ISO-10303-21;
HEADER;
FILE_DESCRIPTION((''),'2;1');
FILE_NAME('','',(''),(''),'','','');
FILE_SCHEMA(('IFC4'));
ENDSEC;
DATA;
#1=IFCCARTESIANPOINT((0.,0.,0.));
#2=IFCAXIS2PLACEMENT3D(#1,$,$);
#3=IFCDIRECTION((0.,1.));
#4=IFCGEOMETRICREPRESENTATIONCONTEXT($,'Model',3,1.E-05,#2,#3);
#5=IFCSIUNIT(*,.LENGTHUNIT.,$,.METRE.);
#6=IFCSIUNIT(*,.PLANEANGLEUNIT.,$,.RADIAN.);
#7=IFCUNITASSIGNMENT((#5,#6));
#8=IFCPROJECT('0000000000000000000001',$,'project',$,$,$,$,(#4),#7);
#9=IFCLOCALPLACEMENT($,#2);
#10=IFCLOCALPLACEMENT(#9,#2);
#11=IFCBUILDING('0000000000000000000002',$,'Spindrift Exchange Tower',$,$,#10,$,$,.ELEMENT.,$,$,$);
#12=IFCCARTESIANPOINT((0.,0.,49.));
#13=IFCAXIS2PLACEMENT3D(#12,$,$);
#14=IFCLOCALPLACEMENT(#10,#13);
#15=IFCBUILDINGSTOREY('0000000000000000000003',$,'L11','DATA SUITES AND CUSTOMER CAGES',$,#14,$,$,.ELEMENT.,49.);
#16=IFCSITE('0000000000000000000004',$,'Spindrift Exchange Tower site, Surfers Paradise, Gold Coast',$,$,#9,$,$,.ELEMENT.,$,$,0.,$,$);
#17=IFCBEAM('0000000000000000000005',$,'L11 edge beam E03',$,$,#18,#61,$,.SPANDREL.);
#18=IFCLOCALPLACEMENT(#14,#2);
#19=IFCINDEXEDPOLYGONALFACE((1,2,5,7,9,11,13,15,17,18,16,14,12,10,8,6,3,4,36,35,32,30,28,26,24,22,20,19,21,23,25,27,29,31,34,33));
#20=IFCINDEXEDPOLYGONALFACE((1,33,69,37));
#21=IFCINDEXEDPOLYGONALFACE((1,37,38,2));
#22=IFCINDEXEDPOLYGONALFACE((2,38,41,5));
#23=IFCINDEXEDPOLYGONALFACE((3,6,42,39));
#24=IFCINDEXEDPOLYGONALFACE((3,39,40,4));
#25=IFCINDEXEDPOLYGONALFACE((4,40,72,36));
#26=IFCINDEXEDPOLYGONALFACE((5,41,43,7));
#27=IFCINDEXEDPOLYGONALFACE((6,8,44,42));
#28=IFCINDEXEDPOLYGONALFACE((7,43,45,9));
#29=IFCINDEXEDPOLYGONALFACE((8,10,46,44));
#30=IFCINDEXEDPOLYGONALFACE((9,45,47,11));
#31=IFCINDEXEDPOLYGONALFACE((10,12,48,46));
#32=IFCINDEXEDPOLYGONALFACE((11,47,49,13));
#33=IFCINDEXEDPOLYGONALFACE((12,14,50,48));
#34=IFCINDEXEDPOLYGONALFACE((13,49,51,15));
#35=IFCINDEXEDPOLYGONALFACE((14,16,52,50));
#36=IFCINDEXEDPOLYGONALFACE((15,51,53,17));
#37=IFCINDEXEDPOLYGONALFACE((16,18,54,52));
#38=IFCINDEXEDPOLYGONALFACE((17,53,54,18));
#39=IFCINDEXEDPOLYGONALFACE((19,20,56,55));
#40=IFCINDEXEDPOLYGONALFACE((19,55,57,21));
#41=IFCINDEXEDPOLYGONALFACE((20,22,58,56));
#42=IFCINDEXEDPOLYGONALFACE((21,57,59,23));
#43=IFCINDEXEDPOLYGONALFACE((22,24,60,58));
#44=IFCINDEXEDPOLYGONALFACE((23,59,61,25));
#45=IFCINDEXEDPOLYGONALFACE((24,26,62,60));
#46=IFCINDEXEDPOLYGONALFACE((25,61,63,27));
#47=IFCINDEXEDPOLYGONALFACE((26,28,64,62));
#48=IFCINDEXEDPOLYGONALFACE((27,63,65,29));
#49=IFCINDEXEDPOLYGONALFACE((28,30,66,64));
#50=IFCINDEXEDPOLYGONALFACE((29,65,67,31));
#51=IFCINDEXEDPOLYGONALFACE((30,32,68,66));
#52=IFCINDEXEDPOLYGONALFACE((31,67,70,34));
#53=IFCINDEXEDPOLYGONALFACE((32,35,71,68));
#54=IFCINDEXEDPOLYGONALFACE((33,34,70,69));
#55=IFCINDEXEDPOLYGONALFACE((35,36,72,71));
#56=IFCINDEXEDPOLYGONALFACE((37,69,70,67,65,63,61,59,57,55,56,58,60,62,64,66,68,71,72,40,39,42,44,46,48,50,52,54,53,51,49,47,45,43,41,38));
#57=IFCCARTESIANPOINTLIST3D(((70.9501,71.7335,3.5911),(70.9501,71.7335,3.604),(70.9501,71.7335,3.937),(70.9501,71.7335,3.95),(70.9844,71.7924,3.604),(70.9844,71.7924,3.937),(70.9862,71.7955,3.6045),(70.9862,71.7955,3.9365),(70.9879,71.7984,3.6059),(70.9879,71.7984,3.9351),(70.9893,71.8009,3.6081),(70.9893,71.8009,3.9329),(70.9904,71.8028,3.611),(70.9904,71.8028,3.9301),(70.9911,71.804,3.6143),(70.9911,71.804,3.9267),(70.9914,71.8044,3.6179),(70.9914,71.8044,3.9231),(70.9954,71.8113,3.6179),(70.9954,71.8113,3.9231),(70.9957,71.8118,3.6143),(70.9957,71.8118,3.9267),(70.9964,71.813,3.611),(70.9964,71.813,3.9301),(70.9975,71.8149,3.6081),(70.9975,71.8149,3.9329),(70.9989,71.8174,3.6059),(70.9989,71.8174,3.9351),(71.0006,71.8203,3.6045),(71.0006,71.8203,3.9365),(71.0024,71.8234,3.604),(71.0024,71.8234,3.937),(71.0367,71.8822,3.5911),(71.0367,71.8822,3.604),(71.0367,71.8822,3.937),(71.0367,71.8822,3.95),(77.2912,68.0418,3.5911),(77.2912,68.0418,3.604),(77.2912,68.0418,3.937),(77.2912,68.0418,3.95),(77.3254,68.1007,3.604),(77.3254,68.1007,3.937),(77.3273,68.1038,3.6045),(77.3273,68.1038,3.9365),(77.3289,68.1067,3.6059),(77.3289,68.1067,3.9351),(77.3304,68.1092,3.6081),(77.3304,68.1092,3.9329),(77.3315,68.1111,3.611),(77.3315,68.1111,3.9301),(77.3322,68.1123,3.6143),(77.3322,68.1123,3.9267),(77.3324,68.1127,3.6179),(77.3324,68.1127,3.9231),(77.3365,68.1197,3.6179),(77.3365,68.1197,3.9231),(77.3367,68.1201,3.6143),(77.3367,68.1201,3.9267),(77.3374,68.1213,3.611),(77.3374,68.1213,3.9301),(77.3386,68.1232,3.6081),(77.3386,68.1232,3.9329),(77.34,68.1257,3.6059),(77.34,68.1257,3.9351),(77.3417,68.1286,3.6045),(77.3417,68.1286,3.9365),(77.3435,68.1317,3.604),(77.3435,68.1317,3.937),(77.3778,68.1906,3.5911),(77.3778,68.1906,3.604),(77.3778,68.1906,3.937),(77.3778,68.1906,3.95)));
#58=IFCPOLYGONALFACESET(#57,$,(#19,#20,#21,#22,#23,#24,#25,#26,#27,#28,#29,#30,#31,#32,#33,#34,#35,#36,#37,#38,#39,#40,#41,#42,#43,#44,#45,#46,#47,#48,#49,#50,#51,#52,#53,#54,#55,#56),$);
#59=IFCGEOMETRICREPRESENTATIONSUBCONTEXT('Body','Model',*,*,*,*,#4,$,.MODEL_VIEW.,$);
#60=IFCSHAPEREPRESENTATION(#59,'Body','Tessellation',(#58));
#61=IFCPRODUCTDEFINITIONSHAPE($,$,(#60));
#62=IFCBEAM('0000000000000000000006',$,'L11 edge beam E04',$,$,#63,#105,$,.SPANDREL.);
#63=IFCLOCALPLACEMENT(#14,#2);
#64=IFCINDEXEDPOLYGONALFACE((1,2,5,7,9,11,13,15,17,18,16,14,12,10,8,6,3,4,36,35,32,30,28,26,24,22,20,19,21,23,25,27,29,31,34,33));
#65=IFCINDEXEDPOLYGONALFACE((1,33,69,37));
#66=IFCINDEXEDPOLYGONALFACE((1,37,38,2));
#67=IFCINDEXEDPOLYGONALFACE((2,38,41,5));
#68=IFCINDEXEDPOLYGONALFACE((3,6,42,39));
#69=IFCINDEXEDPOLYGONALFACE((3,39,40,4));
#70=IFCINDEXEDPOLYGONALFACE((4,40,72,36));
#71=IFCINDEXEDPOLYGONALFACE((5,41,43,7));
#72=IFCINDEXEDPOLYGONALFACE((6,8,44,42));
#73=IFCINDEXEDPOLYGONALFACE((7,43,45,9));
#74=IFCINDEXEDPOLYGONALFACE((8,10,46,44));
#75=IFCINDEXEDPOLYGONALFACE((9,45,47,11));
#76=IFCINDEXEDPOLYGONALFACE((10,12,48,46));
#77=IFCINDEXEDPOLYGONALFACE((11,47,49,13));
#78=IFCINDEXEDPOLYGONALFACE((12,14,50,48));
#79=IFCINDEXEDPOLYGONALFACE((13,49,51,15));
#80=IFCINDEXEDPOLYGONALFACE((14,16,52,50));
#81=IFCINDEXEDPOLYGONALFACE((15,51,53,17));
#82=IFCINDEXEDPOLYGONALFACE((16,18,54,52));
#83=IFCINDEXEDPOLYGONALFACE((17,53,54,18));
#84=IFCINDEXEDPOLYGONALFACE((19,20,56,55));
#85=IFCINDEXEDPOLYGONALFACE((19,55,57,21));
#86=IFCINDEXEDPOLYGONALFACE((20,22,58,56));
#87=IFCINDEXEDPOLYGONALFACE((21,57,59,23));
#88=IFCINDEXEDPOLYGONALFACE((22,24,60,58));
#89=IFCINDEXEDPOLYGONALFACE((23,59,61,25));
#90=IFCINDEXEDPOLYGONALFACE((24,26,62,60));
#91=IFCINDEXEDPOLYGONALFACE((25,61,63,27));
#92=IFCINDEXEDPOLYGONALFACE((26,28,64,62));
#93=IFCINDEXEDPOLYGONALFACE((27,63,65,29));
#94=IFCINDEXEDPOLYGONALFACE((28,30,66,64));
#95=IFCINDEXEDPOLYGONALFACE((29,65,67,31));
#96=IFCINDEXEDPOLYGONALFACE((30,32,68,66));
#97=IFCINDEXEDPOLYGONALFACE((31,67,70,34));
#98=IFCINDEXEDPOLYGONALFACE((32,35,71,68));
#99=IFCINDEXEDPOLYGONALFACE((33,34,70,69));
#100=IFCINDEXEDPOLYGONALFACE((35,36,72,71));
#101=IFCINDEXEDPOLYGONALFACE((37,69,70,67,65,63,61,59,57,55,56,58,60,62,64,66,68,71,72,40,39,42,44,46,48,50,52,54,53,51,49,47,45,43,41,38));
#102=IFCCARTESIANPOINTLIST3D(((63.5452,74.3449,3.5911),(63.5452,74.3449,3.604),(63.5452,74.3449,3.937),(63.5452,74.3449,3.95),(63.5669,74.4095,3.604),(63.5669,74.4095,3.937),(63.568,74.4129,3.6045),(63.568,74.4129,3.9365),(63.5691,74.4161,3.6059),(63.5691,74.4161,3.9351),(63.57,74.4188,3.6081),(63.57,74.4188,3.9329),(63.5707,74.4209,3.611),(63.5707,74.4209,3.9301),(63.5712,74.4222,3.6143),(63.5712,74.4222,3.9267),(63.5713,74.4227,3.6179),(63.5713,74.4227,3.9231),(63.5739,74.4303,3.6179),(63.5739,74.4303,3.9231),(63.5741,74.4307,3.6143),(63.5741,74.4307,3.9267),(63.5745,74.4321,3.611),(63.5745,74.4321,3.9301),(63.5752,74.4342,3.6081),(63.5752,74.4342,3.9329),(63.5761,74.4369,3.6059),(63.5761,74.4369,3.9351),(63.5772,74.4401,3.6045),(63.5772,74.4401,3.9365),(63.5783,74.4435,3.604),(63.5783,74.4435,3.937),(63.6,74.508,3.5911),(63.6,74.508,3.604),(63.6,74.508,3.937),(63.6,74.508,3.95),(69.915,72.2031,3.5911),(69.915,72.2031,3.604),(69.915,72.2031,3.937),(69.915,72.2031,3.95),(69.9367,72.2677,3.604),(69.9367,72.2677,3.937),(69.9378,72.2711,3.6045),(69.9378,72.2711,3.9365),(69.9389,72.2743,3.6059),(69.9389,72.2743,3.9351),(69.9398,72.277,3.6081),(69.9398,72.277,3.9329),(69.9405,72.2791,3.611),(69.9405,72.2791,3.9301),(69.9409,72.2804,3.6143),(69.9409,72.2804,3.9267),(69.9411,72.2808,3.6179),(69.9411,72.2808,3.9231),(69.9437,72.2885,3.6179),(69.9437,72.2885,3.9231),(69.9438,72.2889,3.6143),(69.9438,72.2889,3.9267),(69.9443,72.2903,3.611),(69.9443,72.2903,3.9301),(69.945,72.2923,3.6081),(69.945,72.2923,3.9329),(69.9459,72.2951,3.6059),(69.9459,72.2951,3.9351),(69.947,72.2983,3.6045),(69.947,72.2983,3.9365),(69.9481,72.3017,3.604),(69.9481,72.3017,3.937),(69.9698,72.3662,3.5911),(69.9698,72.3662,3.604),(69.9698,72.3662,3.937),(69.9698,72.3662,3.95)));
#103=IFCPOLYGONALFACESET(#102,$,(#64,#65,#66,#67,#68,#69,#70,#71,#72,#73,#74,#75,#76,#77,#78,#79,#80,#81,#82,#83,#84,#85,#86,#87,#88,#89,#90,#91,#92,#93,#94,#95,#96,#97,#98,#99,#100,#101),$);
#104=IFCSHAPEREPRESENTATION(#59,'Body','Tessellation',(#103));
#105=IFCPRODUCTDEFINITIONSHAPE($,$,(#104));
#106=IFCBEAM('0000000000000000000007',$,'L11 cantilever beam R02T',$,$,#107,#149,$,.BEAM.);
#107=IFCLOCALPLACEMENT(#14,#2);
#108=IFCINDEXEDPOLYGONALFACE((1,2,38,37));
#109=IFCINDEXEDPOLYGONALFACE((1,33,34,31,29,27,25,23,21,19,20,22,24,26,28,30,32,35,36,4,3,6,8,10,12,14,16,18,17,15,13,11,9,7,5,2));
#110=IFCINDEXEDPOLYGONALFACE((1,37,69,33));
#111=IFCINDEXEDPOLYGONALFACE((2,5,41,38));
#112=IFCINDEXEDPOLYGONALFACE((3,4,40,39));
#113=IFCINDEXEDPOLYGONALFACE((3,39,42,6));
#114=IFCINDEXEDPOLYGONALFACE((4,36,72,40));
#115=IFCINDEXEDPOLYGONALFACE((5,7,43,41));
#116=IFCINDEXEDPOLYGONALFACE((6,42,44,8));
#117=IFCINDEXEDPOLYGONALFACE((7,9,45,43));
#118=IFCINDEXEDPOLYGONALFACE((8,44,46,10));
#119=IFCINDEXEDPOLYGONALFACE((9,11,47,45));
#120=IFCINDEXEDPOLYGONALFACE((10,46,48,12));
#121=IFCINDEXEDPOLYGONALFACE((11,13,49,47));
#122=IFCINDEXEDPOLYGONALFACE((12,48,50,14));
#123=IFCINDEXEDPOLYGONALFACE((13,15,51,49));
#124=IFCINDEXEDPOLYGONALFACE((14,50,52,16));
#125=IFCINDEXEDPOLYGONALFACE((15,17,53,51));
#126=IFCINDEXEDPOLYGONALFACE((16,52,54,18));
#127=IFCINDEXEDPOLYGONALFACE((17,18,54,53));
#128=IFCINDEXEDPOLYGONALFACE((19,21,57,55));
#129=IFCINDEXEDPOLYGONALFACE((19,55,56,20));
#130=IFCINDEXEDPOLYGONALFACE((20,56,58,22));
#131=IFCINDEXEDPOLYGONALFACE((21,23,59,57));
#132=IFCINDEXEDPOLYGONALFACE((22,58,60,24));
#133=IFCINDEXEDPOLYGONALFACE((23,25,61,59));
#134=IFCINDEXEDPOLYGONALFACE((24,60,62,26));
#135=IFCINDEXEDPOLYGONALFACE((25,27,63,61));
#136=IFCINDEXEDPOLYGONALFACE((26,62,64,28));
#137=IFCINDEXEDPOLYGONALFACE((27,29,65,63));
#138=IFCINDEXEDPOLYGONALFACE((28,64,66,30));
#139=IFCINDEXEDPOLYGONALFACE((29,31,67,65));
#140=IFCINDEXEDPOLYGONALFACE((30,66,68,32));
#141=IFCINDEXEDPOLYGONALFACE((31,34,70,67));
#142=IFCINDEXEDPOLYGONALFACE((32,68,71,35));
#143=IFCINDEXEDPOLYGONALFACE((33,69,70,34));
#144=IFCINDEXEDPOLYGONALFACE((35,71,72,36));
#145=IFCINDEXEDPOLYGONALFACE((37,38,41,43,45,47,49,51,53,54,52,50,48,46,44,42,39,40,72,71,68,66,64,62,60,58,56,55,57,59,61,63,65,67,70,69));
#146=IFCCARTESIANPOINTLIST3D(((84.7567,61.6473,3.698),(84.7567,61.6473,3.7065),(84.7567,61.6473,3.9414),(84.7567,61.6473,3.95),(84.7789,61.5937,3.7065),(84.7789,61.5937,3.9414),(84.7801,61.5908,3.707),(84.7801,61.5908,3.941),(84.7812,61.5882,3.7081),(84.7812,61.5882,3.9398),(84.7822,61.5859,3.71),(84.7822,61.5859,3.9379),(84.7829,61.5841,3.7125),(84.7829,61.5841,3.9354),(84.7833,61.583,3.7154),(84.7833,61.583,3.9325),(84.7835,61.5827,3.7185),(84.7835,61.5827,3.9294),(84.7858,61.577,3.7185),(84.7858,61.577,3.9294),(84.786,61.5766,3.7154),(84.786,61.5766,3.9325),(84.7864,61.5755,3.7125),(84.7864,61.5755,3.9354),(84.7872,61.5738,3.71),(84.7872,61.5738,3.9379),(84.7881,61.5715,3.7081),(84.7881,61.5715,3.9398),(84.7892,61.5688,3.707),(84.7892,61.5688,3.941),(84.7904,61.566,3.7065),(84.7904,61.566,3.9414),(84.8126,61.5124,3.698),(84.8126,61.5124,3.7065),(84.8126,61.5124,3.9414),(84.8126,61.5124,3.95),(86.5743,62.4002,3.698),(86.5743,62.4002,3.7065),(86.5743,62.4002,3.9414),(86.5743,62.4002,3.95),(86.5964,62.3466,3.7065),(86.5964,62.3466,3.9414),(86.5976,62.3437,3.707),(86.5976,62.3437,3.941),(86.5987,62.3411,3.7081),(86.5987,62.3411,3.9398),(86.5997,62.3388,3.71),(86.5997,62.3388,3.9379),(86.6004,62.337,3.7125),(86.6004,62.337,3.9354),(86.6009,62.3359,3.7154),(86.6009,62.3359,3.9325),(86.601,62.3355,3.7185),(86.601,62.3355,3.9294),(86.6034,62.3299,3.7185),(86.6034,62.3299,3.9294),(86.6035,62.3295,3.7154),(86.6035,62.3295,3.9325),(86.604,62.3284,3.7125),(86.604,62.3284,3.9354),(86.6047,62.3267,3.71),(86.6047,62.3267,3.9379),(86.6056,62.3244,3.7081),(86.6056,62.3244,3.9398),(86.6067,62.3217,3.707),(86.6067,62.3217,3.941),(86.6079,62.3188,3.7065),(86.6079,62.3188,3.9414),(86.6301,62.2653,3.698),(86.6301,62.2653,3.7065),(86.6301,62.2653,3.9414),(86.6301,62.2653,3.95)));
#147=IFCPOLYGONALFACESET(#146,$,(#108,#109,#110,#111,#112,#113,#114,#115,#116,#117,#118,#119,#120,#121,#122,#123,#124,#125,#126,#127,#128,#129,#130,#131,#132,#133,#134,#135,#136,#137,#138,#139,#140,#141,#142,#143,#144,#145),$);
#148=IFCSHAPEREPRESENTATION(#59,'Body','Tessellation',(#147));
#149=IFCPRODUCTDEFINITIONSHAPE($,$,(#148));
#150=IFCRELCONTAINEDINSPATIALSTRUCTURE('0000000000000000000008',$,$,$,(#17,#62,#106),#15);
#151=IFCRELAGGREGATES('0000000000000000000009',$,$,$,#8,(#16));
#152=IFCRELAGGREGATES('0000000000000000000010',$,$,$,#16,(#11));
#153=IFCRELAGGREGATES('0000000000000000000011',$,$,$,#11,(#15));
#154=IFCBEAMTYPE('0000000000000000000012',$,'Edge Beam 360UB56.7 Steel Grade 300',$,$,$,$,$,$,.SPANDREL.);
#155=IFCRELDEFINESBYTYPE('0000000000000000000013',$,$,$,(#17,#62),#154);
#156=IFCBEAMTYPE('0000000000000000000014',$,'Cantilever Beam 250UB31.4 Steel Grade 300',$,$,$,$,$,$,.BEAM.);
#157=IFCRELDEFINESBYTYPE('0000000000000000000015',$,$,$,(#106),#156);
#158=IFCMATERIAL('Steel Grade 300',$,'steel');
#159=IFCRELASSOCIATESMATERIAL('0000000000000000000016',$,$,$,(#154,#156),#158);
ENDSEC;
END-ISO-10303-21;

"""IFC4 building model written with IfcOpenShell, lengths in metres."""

from ifc_helpers import new_model, si_unit, direction, frame, origin, origin_2d, place, context, subcontext, project, spatial, i_section, extrude, source, transform, mapped, material, material_profile, profile_set, type_object, element, save


model = new_model("IFC4")

# Units and contexts
model_context = context("Model", 3, precision=1e-05, world=origin(), true_north=direction((0.0, 1.0)))
body_context = subcontext(model_context, "Body", "Model", "MODEL_VIEW")
ifc_project = project(units=[si_unit("LENGTHUNIT", "METRE"), si_unit("PLANEANGLEUNIT", "RADIAN")], contexts=[model_context])

# Site, building, storey
site_placement = place(None, origin())
site = spatial("IfcSite", under=ifc_project, at=site_placement, Name="Spindrift Exchange Tower site, Surfers Paradise, Gold Coast", CompositionType="ELEMENT", RefElevation=0.0)
building_placement = place(site_placement, origin())
building = spatial("IfcBuilding", under=site, at=building_placement, Name="Spindrift Exchange Tower", CompositionType="ELEMENT")
storey_placement = place(building_placement, frame((0.0, 0.0, 49.0)))
storey = spatial("IfcBuildingStorey", under=building, at=storey_placement, Name="L11", Description="DATA SUITES AND CUSTOMER CAGES", CompositionType="ELEMENT", Elevation=49.0)

# Beams
ifc_material_1 = material(Name="Steel Grade 300", Category="steel")
ifc_material_profile_1 = material_profile(ifc_material_1, i_section(OverallWidth=0.1721, OverallDepth=0.3589, WebThickness=0.0081, FlangeThickness=0.0129, FilletRadius=0.0139, at=origin_2d()), Name="360UB56.7")
ifc_profile_set_1 = profile_set([ifc_material_profile_1], Name="Steel Grade 300")
beam_type_1 = type_object("IfcBeamType", Name="Edge Beam 360UB56.7 Steel Grade 300", PredefinedType="SPANDREL", material=ifc_profile_set_1)
shared_shape_1 = source(origin(), body_context, "Body", "SweptSolid", [
    extrude(i_section(OverallWidth=0.1721, OverallDepth=0.3589, WebThickness=0.0081, FlangeThickness=0.0129, FilletRadius=0.0139, at=origin_2d()), origin(), (0.0, 0.0, 1.0), 7.3374),
])
beam_1_placement = place(storey_placement, frame((77.3345, 68.1162, 3.7705), z_axis=(-0.864212, 0.503128, 0.0), x_axis=(-0.503128, -0.864212, 0.0)))
element("IfcBeam", 1, at=beam_1_placement, inside=storey, type_object=beam_type_1, Name="L11 edge beam E03", PredefinedType="SPANDREL", context=body_context, shape_type="MappedRepresentation", body=[
    mapped(shared_shape_1, transform((0.0, 0.0, 0.0), scale=1.0)),
])
shared_shape_2 = source(origin(), body_context, "Body", "SweptSolid", [
    extrude(i_section(OverallWidth=0.1721, OverallDepth=0.3589, WebThickness=0.0081, FlangeThickness=0.0129, FilletRadius=0.0139, at=origin_2d()), origin(), (0.0, 0.0, 1.0), 6.7202),
])
beam_2_placement = place(storey_placement, frame((69.9424, 72.2847, 3.7705), z_axis=(-0.947852, 0.318712, 0.0), x_axis=(-0.318712, -0.947852, 0.0)))
element("IfcBeam", 2, at=beam_2_placement, inside=storey, type_object=beam_type_1, Name="L11 edge beam E04", PredefinedType="SPANDREL", context=body_context, shape_type="MappedRepresentation", body=[
    mapped(shared_shape_2, transform((0.0, 0.0, 0.0), scale=1.0)),
])
ifc_material_profile_2 = material_profile(ifc_material_1, i_section(OverallWidth=0.146, OverallDepth=0.252, WebThickness=0.0061, FlangeThickness=0.0085, FilletRadius=0.012, at=origin_2d()), Name="250UB31.4")
ifc_profile_set_2 = profile_set([ifc_material_profile_2], Name="Steel Grade 300")
beam_type_2 = type_object("IfcBeamType", Name="Cantilever Beam 250UB31.4 Steel Grade 300", PredefinedType="BEAM", material=ifc_profile_set_2)
shared_shape_3 = source(origin(), body_context, "Body", "SweptSolid", [
    extrude(i_section(OverallWidth=0.146, OverallDepth=0.252, WebThickness=0.0061, FlangeThickness=0.0085, FilletRadius=0.012, at=origin_2d()), origin(), (0.0, 0.0, 1.0), 1.9673),
])
beam_3_placement = place(storey_placement, frame((84.7847, 61.5798, 3.824), z_axis=(0.923872, 0.382703, 0.0), x_axis=(-0.382703, 0.923872, 0.0)))
element("IfcBeam", 3, at=beam_3_placement, inside=storey, type_object=beam_type_2, Name="L11 cantilever beam R02T", PredefinedType="BEAM", context=body_context, shape_type="MappedRepresentation", body=[
    mapped(shared_shape_3, transform((0.0, 0.0, 0.0), scale=1.0)),
])

save(model, "model.ifc")
